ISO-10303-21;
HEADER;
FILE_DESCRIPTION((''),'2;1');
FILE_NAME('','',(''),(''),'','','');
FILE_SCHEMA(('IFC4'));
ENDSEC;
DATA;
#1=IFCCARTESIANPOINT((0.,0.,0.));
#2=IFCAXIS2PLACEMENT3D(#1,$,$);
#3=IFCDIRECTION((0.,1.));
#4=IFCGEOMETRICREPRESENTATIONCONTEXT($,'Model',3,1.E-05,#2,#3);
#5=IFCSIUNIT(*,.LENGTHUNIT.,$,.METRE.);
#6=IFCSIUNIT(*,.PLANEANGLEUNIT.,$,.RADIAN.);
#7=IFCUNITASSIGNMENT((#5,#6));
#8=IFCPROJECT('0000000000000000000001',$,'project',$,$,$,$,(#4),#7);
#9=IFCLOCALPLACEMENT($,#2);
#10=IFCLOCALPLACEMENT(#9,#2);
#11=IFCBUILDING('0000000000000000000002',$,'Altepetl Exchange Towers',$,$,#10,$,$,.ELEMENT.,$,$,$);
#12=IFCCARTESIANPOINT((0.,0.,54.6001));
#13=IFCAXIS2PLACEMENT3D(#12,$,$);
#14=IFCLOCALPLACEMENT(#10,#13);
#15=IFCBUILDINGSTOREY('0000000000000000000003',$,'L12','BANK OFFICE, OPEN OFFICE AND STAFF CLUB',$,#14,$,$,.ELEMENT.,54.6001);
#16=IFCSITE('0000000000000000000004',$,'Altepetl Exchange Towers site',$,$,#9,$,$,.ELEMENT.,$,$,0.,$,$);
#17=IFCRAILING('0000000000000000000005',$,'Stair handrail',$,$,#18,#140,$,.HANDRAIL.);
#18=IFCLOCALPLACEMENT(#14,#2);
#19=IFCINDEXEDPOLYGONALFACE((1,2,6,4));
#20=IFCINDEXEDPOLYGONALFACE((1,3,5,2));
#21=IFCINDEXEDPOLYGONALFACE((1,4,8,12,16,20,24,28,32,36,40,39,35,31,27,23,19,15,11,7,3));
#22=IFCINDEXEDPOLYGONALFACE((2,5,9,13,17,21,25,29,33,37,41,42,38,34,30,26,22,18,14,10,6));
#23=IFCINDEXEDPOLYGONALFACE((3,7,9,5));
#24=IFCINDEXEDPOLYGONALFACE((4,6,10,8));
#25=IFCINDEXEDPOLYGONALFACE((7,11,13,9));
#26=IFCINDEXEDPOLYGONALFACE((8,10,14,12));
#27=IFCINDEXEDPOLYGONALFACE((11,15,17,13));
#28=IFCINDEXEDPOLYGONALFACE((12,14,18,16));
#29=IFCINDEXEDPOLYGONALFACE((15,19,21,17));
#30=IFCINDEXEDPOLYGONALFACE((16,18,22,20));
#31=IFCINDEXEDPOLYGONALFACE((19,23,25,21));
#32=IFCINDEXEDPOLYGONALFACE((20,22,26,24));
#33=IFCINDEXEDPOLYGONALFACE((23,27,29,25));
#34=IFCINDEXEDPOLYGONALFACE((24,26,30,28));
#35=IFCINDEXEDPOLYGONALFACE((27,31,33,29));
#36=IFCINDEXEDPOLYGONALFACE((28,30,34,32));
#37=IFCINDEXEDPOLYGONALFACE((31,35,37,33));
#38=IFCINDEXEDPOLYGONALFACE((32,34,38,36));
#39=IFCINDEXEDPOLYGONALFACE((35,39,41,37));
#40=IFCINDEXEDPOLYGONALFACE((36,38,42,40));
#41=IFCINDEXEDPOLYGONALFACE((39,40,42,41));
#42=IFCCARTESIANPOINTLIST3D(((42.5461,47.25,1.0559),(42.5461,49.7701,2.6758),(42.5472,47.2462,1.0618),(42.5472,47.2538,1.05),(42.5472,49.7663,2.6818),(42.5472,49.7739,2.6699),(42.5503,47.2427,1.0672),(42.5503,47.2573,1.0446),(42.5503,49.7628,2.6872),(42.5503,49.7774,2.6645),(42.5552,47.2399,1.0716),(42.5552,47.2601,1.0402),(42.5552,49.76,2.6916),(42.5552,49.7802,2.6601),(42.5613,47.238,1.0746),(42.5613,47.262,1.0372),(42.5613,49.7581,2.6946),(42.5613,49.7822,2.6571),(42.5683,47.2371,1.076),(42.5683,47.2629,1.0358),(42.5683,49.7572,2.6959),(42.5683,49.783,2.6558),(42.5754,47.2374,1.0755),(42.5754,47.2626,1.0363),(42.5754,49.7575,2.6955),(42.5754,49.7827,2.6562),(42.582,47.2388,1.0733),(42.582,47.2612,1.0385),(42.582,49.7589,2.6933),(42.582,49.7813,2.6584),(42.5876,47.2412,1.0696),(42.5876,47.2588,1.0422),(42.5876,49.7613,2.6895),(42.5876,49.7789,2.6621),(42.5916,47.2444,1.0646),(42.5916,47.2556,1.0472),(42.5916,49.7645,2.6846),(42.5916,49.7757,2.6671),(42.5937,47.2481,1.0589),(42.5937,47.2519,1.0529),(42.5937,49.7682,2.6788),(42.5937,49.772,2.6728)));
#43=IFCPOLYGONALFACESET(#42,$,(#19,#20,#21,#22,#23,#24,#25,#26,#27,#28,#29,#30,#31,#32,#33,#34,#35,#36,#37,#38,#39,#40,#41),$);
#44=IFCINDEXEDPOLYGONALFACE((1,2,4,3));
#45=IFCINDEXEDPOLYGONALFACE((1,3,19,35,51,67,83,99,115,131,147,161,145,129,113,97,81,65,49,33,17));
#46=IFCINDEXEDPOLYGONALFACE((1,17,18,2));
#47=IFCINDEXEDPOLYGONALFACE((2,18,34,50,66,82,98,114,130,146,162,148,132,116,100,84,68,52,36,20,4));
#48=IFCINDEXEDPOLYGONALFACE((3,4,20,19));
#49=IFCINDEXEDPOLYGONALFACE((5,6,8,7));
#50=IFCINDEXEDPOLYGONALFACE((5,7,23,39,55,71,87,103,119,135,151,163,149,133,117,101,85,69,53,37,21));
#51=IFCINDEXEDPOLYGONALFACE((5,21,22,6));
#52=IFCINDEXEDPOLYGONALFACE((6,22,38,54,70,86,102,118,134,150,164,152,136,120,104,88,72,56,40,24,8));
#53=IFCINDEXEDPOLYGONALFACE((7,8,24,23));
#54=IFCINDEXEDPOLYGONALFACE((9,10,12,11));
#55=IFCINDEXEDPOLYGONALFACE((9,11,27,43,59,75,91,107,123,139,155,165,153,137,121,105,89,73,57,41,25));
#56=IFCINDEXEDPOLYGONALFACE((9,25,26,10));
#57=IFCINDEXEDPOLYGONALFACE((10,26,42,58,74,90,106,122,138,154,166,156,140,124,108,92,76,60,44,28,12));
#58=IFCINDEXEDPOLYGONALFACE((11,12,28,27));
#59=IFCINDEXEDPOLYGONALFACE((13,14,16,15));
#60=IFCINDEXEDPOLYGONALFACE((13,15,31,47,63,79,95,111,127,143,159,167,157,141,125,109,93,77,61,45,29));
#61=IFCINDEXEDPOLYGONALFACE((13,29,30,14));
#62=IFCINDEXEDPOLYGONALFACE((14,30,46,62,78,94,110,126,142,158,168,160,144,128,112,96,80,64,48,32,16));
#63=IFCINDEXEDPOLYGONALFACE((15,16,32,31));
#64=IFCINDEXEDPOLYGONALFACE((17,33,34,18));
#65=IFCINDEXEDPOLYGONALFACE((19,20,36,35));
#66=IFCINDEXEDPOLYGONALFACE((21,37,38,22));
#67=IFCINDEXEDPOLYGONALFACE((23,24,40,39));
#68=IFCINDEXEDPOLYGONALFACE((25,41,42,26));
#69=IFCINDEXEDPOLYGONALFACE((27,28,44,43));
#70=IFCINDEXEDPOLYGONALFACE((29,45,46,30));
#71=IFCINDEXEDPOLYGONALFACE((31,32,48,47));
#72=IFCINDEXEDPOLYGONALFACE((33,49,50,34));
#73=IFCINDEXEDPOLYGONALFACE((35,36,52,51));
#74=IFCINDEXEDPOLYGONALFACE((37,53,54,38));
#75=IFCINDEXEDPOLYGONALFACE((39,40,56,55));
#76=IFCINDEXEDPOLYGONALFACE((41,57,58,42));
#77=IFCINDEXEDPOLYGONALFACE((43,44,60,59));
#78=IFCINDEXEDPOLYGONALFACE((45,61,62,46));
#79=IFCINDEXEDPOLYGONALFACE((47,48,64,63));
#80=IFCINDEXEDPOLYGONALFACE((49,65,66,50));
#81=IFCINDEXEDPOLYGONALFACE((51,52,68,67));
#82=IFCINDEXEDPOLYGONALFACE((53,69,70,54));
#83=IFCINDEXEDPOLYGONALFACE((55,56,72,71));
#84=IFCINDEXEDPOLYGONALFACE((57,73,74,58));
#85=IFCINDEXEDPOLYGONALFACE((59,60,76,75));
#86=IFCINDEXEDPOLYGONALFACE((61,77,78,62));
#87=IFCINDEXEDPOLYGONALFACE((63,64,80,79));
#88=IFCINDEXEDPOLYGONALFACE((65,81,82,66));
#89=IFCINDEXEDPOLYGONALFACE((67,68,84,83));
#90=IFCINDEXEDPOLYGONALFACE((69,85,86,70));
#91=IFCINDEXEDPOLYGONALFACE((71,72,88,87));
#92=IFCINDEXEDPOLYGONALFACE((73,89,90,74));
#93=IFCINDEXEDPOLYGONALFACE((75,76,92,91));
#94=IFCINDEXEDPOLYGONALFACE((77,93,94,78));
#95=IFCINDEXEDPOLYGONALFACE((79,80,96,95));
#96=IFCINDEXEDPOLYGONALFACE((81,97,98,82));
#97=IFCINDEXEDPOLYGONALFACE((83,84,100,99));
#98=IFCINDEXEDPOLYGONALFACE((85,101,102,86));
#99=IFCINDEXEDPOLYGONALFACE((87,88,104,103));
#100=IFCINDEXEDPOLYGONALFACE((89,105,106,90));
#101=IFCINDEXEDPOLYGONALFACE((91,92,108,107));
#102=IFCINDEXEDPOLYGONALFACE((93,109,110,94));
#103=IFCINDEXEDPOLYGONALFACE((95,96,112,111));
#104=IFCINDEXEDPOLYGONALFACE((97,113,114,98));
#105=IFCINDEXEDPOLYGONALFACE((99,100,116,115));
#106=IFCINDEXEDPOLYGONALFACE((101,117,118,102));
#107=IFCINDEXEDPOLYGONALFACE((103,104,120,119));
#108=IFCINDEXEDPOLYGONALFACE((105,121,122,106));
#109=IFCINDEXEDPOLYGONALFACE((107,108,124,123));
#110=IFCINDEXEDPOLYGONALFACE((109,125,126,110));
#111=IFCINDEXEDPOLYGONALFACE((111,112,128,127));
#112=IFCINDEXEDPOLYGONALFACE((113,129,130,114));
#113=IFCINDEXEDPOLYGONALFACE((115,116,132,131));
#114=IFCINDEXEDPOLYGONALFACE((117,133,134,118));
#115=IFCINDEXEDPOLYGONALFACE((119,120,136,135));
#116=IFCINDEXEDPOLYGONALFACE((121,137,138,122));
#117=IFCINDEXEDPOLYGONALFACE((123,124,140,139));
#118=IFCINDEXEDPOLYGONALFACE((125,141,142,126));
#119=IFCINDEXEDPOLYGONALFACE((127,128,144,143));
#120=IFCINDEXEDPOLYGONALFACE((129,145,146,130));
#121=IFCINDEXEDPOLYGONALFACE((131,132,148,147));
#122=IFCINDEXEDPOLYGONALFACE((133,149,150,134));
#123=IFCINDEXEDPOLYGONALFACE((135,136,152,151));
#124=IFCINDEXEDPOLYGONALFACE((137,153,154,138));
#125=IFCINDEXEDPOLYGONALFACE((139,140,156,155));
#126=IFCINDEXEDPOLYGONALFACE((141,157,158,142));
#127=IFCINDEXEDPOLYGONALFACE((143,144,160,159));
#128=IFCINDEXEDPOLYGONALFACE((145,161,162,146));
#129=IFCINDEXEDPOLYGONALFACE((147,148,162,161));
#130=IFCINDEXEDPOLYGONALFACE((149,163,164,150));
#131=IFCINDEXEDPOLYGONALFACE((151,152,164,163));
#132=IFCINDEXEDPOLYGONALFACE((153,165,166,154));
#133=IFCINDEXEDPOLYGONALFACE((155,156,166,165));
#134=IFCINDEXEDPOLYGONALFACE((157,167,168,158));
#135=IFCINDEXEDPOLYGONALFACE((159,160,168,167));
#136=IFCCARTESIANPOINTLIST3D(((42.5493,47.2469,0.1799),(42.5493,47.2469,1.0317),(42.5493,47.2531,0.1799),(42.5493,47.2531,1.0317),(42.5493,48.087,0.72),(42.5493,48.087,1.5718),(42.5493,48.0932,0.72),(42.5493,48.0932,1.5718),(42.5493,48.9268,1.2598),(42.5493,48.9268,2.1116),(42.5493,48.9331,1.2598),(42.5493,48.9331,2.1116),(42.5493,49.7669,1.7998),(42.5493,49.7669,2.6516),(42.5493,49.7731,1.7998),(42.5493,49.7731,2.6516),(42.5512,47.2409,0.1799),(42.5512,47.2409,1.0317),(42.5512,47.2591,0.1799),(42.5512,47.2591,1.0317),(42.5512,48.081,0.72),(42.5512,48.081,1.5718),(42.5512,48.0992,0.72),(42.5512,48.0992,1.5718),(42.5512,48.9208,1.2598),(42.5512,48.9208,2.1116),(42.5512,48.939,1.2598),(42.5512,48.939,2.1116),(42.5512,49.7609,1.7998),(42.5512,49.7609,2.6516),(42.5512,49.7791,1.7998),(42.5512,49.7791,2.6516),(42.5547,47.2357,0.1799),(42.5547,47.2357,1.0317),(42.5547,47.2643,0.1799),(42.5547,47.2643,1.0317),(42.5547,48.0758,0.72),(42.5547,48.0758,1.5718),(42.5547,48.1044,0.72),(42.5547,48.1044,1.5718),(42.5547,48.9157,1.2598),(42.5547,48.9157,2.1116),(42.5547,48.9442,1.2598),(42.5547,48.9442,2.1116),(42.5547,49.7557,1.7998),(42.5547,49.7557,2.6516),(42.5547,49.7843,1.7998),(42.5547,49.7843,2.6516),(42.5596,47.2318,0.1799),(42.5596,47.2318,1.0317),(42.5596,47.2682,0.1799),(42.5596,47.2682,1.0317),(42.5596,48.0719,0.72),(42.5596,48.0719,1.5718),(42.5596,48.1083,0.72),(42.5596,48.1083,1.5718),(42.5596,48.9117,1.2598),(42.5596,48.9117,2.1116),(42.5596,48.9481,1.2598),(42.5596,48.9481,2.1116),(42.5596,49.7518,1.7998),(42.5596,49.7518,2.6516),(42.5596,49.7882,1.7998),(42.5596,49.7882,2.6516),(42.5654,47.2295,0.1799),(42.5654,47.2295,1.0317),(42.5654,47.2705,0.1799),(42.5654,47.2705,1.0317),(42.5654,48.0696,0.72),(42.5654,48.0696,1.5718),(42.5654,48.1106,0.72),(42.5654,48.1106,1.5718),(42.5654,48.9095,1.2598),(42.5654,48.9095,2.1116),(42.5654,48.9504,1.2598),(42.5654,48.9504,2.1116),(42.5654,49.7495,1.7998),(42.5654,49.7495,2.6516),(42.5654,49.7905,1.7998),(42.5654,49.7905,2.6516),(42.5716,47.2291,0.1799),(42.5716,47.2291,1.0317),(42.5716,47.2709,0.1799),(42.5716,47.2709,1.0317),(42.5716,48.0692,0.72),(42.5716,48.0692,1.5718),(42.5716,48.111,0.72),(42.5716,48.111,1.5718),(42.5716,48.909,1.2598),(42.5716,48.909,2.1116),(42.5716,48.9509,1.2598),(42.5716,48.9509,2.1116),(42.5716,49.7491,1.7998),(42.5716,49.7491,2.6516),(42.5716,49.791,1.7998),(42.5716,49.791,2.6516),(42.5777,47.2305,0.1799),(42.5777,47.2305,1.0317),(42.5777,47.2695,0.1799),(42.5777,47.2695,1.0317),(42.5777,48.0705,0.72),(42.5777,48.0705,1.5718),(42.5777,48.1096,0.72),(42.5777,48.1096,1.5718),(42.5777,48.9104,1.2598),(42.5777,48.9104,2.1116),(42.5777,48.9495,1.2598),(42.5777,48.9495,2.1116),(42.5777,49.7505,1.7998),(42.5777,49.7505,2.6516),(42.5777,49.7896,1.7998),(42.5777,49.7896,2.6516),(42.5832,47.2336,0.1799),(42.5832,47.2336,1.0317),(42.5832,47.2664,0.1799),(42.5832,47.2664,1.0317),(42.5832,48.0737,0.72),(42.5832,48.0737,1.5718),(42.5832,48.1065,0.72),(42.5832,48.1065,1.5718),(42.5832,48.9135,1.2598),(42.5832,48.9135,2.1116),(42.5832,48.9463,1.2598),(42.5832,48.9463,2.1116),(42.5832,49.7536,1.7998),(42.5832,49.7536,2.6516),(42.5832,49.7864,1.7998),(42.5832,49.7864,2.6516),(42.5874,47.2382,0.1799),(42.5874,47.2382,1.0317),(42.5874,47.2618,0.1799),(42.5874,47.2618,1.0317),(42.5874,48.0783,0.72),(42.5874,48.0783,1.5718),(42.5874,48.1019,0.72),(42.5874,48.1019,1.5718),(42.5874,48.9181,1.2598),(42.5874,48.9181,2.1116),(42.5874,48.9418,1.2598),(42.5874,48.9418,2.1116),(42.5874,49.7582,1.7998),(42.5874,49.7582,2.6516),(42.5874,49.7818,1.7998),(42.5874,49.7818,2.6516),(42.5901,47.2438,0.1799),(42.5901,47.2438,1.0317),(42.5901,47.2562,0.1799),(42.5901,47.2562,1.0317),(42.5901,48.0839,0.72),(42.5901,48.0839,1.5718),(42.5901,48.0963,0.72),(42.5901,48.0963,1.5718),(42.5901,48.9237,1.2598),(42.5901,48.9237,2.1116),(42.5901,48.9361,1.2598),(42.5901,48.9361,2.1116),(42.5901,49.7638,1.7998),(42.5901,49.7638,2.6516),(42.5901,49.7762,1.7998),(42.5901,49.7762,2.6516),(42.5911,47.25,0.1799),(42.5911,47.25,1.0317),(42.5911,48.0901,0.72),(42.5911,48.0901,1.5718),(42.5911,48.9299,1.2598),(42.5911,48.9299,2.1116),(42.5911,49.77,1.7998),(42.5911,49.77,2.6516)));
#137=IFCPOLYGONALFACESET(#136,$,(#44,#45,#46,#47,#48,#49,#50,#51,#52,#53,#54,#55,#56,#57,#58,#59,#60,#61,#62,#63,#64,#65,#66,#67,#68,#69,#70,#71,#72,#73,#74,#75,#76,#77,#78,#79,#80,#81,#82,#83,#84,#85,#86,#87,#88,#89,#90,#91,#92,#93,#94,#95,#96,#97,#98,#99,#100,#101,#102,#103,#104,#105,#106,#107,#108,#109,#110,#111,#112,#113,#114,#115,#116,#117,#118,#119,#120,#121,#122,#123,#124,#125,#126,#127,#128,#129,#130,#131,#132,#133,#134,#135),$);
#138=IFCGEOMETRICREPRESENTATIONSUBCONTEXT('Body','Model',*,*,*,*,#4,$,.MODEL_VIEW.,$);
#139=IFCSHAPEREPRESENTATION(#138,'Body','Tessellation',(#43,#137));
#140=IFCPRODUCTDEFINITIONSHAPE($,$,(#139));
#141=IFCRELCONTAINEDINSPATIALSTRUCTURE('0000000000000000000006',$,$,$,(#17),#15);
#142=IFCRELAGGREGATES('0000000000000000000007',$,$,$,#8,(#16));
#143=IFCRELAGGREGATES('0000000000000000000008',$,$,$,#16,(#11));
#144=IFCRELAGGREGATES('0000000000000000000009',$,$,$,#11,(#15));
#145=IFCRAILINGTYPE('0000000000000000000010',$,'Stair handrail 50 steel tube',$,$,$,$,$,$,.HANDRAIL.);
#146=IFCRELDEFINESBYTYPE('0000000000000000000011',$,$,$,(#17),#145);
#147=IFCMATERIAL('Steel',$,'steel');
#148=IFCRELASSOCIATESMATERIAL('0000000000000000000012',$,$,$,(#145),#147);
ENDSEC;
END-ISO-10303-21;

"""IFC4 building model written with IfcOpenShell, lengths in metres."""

from ifc_helpers import new_model, si_unit, direction, frame, origin, origin_2d, place, context, subcontext, project, spatial, circle, extrude, source, transform, mapped, material, type_object, element, save


model = new_model("IFC4")

# Units and contexts
model_context = context("Model", 3, precision=1e-05, world=origin(), true_north=direction((0.0, 1.0)))
body_context = subcontext(model_context, "Body", "Model", "MODEL_VIEW")
ifc_project = project(units=[si_unit("LENGTHUNIT", "METRE"), si_unit("PLANEANGLEUNIT", "RADIAN")], contexts=[model_context])

# Site, building, storey
site_placement = place(None, origin())
site = spatial("IfcSite", under=ifc_project, at=site_placement, Name="Altepetl Exchange Towers site", CompositionType="ELEMENT", RefElevation=0.0)
building_placement = place(site_placement, origin())
building = spatial("IfcBuilding", under=site, at=building_placement, Name="Altepetl Exchange Towers", CompositionType="ELEMENT")
storey_placement = place(building_placement, frame((0.0, 0.0, 54.6001)))
storey = spatial("IfcBuildingStorey", under=building, at=storey_placement, Name="L12", Description="BANK OFFICE, OPEN OFFICE AND STAFF CLUB", CompositionType="ELEMENT", Elevation=54.6001)

# Railing
ifc_material_1 = material(Name="Steel", Category="steel")
railing_type = type_object("IfcRailingType", Name="Stair handrail 50 steel tube", PredefinedType="HANDRAIL", material=ifc_material_1)
shared_shape = source(origin(), body_context, "Body", "SweptSolid", [
    extrude(circle(Radius=0.021, at=origin_2d()), origin(), (0.0, 0.0, 1.0), 0.8518),
])
railing_1_placement = place(storey_placement, frame((42.5701, 47.25, 0.1799)))
element("IfcRailing", 1, at=railing_1_placement, inside=storey, type_object=railing_type, Name="Stair handrail", PredefinedType="HANDRAIL", context=body_context, shape_type="SweptSolid", body=[
    extrude(circle(Radius=0.0239, at=origin_2d()), frame((0.0, 0.0, 0.876), z_axis=(0.0, 0.8412, 0.540725), x_axis=(-1.0, 0.0, 0.0)), (0.0, 0.0, 1.0), 2.9958),
    mapped(shared_shape, transform((0.0, 0.0, 0.0))),
    mapped(shared_shape, transform((0.0, 0.8401, 0.54))),
    mapped(shared_shape, transform((0.0, 1.6799, 1.0798))),
    mapped(shared_shape, transform((0.0, 2.52, 1.6199))),
])

save(model, "model.ifc")
